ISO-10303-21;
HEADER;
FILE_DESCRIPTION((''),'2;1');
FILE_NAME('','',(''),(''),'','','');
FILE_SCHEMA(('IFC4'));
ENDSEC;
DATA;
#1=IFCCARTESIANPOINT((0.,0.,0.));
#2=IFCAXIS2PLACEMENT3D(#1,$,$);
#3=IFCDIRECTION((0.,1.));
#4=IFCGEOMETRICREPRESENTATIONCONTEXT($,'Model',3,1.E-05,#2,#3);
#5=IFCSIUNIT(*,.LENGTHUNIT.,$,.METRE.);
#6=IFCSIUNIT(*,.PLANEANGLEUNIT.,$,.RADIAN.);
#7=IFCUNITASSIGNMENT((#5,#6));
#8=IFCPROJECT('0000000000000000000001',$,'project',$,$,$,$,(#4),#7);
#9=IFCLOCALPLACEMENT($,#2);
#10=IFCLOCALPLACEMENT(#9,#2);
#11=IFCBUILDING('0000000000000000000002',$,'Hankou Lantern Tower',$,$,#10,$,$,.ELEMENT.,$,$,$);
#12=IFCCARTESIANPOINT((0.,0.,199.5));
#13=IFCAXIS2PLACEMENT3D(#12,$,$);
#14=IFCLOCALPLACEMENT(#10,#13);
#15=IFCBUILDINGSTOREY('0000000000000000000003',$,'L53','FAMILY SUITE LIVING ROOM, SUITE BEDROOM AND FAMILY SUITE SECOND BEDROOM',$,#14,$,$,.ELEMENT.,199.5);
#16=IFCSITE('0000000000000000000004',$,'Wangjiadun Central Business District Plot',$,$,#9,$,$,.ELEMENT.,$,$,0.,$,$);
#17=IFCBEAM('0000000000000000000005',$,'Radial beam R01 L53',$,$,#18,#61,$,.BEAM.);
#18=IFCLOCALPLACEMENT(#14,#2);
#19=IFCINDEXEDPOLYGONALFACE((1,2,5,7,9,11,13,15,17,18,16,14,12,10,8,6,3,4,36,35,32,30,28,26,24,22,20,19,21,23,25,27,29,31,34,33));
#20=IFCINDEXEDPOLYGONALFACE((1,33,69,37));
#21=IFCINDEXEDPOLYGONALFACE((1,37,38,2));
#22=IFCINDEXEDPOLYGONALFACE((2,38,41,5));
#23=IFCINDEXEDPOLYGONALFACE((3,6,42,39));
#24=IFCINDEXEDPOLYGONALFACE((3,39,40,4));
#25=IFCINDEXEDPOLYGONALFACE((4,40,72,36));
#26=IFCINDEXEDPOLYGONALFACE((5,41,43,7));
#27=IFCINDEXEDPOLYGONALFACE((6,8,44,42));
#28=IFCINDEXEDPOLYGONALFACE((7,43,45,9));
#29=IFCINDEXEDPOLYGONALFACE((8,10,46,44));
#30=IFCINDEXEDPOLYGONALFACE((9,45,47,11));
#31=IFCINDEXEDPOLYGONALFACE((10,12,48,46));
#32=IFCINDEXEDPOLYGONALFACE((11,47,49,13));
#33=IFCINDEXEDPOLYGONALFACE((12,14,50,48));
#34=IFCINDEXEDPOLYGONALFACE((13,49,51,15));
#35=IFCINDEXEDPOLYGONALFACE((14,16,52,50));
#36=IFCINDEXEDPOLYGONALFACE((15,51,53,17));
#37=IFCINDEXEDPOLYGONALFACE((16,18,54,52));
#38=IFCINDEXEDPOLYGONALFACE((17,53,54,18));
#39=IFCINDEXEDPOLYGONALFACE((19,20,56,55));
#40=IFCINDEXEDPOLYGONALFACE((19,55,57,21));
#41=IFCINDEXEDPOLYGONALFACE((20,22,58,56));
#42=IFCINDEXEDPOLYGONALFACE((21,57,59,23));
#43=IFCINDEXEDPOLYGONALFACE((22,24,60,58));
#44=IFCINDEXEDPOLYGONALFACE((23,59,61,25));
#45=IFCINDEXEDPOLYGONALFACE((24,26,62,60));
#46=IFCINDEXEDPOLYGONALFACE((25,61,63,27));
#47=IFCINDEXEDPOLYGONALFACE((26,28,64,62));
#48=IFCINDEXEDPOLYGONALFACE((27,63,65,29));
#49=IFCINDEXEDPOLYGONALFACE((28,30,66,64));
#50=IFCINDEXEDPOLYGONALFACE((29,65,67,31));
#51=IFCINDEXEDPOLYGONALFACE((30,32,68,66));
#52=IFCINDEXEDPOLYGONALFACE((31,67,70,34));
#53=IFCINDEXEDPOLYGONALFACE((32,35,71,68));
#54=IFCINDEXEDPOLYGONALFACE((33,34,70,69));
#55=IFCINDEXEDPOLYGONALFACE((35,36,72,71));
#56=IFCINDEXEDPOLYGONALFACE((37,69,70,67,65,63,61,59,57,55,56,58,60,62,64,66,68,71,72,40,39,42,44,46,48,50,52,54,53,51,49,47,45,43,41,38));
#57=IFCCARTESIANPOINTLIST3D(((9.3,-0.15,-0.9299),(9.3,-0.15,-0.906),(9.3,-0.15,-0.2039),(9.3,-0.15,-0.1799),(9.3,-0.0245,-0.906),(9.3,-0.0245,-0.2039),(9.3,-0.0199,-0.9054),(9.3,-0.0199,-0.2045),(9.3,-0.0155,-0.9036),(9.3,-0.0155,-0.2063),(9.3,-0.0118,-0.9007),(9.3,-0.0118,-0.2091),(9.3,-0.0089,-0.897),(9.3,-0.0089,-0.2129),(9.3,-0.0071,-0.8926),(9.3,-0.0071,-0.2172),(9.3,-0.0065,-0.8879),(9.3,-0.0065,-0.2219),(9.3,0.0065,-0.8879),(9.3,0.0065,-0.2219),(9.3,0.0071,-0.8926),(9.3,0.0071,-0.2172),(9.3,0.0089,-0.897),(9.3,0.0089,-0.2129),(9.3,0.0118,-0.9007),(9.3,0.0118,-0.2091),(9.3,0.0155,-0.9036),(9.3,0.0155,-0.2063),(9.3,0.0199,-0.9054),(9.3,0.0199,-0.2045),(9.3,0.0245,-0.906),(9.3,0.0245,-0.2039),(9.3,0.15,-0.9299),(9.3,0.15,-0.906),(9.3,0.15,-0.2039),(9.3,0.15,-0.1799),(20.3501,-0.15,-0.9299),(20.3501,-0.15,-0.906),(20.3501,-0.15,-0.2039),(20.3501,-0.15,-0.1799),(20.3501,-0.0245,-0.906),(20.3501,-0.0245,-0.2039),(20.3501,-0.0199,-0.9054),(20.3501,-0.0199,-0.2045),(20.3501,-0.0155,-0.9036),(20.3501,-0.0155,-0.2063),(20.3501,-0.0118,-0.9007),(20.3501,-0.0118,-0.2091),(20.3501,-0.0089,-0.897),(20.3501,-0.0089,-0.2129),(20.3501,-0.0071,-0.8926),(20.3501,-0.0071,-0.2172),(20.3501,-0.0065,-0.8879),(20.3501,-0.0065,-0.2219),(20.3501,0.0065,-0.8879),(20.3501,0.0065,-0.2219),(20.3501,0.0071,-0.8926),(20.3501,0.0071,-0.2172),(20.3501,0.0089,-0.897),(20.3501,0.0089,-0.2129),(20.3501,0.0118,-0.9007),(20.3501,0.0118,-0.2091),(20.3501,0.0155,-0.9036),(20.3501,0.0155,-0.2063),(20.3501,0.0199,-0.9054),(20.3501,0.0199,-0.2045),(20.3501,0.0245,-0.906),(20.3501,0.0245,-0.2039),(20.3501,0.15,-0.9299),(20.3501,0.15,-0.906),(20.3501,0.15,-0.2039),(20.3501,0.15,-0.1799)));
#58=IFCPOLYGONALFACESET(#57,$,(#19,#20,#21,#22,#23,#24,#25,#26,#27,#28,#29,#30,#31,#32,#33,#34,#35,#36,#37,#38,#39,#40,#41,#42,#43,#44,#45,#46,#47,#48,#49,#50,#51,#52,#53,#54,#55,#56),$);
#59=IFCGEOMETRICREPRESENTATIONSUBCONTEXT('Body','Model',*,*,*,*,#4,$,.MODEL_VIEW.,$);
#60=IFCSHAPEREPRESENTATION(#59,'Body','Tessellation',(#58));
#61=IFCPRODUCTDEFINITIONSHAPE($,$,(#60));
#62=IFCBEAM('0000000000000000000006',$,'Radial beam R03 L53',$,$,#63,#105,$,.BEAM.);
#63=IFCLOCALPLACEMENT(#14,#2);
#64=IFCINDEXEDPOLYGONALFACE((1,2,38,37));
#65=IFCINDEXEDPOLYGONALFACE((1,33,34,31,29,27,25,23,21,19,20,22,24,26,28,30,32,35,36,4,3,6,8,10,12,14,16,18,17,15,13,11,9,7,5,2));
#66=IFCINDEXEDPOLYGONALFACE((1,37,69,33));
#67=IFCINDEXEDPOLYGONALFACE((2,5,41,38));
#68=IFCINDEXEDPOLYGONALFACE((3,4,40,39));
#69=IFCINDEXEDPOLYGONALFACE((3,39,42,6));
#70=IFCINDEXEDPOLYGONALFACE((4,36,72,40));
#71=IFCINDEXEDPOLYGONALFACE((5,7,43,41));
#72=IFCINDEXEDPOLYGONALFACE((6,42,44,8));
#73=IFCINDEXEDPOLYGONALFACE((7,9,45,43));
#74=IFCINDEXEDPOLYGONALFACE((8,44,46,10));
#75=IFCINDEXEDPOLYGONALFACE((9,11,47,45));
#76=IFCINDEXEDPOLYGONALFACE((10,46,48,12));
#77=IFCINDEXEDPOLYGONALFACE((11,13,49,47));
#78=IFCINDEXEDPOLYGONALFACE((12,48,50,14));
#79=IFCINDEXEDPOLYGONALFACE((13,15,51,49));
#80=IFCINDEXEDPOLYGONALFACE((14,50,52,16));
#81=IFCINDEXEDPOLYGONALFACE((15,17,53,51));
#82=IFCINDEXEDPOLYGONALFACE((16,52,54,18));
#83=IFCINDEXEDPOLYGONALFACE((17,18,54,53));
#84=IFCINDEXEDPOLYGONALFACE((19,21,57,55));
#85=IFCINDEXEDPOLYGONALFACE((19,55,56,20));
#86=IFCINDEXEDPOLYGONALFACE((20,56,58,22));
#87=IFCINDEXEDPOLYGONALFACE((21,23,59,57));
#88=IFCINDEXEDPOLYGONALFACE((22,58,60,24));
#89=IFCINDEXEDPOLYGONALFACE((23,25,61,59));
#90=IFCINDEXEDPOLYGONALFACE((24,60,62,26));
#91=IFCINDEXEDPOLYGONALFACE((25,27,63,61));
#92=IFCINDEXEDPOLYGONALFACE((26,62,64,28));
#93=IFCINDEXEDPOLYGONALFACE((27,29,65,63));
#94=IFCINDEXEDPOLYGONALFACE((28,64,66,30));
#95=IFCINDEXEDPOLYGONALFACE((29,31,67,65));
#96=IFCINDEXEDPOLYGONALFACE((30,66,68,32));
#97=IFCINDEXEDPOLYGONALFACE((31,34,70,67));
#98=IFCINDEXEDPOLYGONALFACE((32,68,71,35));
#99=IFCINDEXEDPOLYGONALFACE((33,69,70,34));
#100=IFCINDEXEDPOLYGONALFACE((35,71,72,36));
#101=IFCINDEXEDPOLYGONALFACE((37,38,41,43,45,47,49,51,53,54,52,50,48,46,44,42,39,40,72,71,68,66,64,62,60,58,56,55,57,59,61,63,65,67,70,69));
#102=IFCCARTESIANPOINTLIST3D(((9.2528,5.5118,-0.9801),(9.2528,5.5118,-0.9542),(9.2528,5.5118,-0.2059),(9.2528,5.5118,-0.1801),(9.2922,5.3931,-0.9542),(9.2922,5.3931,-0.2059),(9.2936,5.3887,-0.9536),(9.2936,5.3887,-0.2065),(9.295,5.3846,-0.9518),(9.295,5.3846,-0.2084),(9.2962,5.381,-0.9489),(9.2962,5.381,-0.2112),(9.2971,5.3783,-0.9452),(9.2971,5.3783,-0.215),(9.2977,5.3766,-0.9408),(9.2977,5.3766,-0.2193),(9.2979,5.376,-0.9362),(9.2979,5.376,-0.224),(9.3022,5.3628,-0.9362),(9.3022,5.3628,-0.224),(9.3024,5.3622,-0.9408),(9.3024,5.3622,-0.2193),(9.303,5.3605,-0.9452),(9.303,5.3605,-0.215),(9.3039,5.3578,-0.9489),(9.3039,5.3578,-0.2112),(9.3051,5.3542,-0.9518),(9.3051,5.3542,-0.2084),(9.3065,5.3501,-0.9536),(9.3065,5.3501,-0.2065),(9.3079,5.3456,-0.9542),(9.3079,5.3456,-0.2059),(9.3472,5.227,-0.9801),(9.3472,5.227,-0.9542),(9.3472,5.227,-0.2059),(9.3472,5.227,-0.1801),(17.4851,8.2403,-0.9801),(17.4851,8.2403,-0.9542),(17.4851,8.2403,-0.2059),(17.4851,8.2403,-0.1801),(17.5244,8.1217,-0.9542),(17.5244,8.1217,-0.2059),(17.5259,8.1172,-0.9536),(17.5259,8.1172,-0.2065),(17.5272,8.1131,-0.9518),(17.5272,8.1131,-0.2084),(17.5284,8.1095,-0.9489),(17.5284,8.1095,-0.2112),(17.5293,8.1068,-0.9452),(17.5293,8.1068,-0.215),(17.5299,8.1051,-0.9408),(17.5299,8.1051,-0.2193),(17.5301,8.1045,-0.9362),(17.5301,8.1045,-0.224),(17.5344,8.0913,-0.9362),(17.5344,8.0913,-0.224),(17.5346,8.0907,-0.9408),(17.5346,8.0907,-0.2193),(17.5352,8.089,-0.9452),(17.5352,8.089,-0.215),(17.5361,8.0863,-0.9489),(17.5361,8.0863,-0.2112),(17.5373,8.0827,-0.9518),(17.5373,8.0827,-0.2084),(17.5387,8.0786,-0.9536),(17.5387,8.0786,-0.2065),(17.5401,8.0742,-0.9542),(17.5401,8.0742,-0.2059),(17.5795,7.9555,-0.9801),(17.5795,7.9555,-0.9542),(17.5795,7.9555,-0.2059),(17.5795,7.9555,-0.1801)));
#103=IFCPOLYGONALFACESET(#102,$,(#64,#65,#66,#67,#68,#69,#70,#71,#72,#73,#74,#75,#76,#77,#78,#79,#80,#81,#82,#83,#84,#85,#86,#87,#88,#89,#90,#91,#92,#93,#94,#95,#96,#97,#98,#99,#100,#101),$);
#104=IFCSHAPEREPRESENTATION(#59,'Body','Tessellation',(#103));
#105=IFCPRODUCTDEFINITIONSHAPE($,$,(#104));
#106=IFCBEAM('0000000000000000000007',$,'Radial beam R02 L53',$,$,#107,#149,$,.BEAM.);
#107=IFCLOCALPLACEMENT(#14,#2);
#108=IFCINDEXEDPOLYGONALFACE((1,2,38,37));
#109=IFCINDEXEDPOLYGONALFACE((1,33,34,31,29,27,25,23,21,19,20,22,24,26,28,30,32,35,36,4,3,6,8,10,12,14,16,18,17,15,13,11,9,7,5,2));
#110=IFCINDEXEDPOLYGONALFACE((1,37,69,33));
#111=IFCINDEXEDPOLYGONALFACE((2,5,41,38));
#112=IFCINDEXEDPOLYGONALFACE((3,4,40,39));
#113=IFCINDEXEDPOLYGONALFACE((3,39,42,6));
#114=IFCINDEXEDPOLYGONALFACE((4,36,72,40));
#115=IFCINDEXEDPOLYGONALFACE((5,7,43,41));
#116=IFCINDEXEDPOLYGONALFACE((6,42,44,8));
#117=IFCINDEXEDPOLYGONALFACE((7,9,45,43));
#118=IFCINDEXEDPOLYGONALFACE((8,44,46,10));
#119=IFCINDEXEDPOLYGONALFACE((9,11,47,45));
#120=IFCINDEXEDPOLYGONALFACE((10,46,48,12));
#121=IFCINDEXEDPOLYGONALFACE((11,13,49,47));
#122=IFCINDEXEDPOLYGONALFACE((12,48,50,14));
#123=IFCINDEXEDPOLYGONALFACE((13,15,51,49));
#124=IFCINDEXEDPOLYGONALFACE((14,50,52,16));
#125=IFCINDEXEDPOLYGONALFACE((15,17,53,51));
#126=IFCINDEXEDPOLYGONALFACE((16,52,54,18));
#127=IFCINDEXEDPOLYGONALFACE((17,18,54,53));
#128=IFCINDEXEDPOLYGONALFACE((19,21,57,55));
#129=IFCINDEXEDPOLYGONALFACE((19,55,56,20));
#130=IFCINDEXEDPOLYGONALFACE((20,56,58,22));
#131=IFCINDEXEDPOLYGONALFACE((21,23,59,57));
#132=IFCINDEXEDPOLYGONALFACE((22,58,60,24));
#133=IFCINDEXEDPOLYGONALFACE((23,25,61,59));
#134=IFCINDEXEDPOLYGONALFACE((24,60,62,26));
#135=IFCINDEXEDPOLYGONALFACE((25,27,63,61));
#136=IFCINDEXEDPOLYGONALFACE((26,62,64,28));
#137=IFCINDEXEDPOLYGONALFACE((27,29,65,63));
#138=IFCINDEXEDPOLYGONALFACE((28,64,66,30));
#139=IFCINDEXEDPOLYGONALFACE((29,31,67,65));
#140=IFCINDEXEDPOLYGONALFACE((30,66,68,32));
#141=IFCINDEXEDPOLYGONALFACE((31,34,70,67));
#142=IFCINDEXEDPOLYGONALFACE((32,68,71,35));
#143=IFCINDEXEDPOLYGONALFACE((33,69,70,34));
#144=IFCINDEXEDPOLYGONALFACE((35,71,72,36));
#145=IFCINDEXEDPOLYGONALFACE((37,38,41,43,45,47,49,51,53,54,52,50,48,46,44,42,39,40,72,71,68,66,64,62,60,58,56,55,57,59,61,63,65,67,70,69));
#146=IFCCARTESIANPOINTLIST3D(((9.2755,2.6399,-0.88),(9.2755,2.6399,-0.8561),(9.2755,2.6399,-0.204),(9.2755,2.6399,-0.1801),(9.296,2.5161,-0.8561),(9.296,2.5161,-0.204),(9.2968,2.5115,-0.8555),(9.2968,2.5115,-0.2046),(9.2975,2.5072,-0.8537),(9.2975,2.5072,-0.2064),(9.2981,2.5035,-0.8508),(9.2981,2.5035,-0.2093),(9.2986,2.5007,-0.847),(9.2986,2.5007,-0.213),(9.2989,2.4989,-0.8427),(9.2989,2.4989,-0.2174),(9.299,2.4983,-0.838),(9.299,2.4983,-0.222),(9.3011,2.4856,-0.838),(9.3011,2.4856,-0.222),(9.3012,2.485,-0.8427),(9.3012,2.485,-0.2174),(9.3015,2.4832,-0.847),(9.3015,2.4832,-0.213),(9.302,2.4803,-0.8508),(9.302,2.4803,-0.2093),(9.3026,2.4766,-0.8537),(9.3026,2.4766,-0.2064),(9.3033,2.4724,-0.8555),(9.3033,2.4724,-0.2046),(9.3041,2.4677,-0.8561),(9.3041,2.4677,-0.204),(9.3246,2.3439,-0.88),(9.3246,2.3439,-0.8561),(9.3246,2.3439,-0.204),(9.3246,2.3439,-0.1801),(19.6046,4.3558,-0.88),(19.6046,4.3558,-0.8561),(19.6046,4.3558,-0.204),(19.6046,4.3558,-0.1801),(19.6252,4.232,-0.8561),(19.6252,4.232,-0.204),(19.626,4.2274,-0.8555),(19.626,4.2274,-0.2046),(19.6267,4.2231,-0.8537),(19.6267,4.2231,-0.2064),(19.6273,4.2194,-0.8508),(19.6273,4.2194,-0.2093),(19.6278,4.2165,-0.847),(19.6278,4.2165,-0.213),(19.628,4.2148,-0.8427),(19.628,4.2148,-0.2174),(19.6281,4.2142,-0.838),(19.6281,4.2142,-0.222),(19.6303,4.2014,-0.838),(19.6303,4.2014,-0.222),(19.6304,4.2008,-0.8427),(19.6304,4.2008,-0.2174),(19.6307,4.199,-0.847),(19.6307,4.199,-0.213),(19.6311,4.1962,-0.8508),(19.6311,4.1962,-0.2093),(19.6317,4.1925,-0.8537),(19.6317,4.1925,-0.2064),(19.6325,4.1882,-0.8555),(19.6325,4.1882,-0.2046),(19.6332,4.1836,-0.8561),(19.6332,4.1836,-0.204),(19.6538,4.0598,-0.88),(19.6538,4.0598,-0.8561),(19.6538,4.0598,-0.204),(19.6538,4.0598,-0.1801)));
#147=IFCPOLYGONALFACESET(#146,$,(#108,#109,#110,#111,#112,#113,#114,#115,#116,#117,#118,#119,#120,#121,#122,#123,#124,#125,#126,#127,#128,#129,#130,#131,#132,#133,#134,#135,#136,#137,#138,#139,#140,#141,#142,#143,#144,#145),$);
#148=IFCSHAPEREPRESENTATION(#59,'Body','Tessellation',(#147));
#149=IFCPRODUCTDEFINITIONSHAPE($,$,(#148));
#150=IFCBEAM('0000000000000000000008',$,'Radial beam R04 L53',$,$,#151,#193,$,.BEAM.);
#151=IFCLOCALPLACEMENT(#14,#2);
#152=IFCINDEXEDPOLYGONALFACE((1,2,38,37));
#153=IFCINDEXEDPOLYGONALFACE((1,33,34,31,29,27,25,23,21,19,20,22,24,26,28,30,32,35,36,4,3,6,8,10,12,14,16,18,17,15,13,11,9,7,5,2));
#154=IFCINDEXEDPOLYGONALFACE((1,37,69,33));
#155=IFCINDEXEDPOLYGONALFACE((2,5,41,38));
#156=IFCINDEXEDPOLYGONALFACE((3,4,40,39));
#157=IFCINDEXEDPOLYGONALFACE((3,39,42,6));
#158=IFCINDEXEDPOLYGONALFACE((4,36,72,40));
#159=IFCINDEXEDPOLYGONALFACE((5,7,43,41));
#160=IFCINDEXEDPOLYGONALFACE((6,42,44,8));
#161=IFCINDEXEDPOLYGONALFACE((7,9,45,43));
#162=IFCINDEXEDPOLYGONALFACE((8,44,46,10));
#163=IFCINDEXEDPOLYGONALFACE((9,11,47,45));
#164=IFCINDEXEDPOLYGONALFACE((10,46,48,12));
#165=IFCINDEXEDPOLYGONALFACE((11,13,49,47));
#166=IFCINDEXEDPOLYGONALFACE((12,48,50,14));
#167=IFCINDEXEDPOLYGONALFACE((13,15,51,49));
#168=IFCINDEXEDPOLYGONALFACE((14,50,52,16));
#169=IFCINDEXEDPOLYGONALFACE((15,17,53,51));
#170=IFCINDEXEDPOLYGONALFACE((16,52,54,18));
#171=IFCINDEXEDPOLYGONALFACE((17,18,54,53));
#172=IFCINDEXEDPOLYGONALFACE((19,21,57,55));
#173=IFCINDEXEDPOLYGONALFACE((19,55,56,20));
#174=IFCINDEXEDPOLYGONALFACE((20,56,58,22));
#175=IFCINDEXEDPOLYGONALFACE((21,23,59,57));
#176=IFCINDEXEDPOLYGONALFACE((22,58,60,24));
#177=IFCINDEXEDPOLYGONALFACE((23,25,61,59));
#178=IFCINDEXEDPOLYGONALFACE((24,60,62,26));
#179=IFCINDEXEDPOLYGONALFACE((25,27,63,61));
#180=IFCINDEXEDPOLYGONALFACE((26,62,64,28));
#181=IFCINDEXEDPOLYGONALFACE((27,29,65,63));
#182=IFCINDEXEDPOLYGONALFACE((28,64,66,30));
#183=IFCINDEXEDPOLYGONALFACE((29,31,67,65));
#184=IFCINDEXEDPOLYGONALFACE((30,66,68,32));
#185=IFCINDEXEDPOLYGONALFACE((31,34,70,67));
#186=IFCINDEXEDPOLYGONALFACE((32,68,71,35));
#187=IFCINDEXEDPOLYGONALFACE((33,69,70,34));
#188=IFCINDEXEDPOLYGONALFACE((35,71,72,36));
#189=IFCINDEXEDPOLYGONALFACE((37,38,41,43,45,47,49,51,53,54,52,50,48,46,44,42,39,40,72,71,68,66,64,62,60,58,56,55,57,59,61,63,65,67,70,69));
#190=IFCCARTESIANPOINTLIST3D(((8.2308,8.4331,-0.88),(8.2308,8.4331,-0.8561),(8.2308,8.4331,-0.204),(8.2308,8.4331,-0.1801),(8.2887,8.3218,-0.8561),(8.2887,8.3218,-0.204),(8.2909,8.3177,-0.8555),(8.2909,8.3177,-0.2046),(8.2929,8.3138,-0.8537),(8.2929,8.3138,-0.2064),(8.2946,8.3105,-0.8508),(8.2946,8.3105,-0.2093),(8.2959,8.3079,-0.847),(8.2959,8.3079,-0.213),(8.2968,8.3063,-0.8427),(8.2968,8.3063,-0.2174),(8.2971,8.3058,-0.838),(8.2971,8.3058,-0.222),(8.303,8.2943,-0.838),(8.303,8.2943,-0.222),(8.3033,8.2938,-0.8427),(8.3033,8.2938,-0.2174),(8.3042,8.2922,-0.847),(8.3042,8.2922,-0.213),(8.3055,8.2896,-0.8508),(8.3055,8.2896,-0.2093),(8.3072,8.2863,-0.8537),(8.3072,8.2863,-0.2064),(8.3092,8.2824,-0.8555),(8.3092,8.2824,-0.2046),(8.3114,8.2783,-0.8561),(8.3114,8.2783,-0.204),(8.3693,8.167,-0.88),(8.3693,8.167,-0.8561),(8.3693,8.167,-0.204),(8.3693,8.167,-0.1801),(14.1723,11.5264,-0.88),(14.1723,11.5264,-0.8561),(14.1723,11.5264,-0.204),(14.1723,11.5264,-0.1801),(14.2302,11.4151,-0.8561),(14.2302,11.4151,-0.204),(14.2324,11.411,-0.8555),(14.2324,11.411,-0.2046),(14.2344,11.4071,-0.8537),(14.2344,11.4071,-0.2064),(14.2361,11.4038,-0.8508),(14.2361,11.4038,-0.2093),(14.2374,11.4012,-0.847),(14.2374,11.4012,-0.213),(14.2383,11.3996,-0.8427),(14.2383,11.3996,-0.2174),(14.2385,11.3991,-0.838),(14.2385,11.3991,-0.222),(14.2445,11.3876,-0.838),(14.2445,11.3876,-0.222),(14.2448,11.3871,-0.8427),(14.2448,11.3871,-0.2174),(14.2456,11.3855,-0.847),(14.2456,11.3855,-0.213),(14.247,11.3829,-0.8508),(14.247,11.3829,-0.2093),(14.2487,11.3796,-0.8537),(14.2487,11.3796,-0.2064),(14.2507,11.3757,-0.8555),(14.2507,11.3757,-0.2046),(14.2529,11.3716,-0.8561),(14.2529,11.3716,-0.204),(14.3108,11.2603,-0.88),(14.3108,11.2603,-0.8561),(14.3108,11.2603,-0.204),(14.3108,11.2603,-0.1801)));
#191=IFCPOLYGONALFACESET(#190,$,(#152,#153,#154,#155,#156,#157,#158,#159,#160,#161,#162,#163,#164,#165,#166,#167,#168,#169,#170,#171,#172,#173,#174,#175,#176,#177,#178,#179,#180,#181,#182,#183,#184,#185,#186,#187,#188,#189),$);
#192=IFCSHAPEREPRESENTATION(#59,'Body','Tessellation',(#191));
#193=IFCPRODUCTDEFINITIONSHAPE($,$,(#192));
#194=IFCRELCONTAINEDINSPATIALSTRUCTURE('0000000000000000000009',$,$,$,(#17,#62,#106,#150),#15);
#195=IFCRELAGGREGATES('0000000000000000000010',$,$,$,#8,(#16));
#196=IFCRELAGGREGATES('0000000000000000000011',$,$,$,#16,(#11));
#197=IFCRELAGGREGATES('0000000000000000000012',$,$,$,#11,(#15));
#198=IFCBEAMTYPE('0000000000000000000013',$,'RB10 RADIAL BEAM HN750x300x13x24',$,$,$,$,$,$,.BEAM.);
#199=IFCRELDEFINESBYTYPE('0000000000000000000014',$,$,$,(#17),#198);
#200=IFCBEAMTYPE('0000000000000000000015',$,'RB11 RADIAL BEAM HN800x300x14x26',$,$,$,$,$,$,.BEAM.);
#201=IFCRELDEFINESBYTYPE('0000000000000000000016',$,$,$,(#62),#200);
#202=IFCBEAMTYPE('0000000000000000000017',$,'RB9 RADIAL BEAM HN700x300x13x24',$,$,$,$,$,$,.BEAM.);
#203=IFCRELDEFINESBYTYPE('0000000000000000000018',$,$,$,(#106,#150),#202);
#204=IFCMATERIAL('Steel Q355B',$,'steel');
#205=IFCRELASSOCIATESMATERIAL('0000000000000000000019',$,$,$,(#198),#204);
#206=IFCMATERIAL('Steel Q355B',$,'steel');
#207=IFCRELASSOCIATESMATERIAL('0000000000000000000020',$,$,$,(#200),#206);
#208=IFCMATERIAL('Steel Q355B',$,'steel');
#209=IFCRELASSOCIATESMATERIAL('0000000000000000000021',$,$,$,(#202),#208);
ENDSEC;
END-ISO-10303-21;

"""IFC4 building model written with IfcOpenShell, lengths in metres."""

from ifc_helpers import new_model, si_unit, direction, frame, origin, origin_2d, place, context, subcontext, project, spatial, i_section, extrude, material, material_profile, profile_set, type_object, element, save


model = new_model("IFC4")

# Units and contexts
model_context = context("Model", 3, precision=1e-05, world=origin(), true_north=direction((0.0, 1.0)))
body_context = subcontext(model_context, "Body", "Model", "MODEL_VIEW")
ifc_project = project(units=[si_unit("LENGTHUNIT", "METRE"), si_unit("PLANEANGLEUNIT", "RADIAN")], contexts=[model_context])

# Site, building, storey
site_placement = place(None, origin())
site = spatial("IfcSite", under=ifc_project, at=site_placement, Name="Wangjiadun Central Business District Plot", CompositionType="ELEMENT", RefElevation=0.0)
building_placement = place(site_placement, origin())
building = spatial("IfcBuilding", under=site, at=building_placement, Name="Hankou Lantern Tower", CompositionType="ELEMENT")
storey_placement = place(building_placement, frame((0.0, 0.0, 199.5)))
storey = spatial("IfcBuildingStorey", under=building, at=storey_placement, Name="L53", Description="FAMILY SUITE LIVING ROOM, SUITE BEDROOM AND FAMILY SUITE SECOND BEDROOM", CompositionType="ELEMENT", Elevation=199.5)

# Beams
ifc_material_1 = material(Name="Steel Q355B", Category="steel")
ifc_material_profile_1 = material_profile(ifc_material_1, i_section(OverallWidth=0.3, OverallDepth=0.75, WebThickness=0.0129, FlangeThickness=0.0239, FilletRadius=0.0181, at=origin_2d()), Name="HN750x300x13x24")
ifc_profile_set_1 = profile_set([ifc_material_profile_1], Name="Steel Q355B")
beam_type_1 = type_object("IfcBeamType", Name="RB10 RADIAL BEAM HN750x300x13x24", PredefinedType="BEAM", material=ifc_profile_set_1)
beam_1_placement = place(storey_placement, frame((9.3, 0.0, -0.5549), z_axis=(1.0, 0.0, 0.0), x_axis=(0.0, 1.0, 0.0)))
element("IfcBeam", 1, at=beam_1_placement, inside=storey, type_object=beam_type_1, Name="Radial beam R01 L53", PredefinedType="BEAM", context=body_context, shape_type="SweptSolid", body=[
    extrude(i_section(OverallWidth=0.3, OverallDepth=0.75, WebThickness=0.0129, FlangeThickness=0.0239, FilletRadius=0.0181, at=origin_2d()), origin(), (0.0, 0.0, 1.0), 11.05),
])
ifc_material_2 = material(Name="Steel Q355B", Category="steel")
ifc_material_profile_2 = material_profile(ifc_material_2, i_section(OverallWidth=0.3, OverallDepth=0.8, WebThickness=0.0139, FlangeThickness=0.0259, FilletRadius=0.0181, at=origin_2d()), Name="HN800x300x14x26")
ifc_profile_set_2 = profile_set([ifc_material_profile_2], Name="Steel Q355B")
beam_type_2 = type_object("IfcBeamType", Name="RB11 RADIAL BEAM HN800x300x14x26", PredefinedType="BEAM", material=ifc_profile_set_2)
beam_2_placement = place(storey_placement, frame((9.3, 5.3694, -0.5801), z_axis=(0.94922, 0.314614, 0.0), x_axis=(-0.314614, 0.94922, 0.0)))
element("IfcBeam", 2, at=beam_2_placement, inside=storey, type_object=beam_type_2, Name="Radial beam R03 L53", PredefinedType="BEAM", context=body_context, shape_type="SweptSolid", body=[
    extrude(i_section(OverallWidth=0.3, OverallDepth=0.8, WebThickness=0.0139, FlangeThickness=0.0259, FilletRadius=0.0181, at=origin_2d()), origin(), (0.0, 0.0, 1.0), 8.6726),
])
ifc_material_3 = material(Name="Steel Q355B", Category="steel")
ifc_material_profile_3 = material_profile(ifc_material_3, i_section(OverallWidth=0.3, OverallDepth=0.7, WebThickness=0.0129, FlangeThickness=0.0239, FilletRadius=0.0181, at=origin_2d()), Name="HN700x300x13x24")
ifc_profile_set_3 = profile_set([ifc_material_profile_3], Name="Steel Q355B")
beam_type_3 = type_object("IfcBeamType", Name="RB9 RADIAL BEAM HN700x300x13x24", PredefinedType="BEAM", material=ifc_profile_set_3)
beam_3_placement = place(storey_placement, frame((9.3, 2.4919, -0.53), z_axis=(0.986482, 0.16387, 0.0), x_axis=(-0.16387, 0.986482, 0.0)))
element("IfcBeam", 3, at=beam_3_placement, inside=storey, type_object=beam_type_3, Name="Radial beam R02 L53", PredefinedType="BEAM", context=body_context, shape_type="SweptSolid", body=[
    extrude(i_section(OverallWidth=0.3, OverallDepth=0.7, WebThickness=0.0129, FlangeThickness=0.0239, FilletRadius=0.0181, at=origin_2d()), origin(), (0.0, 0.0, 1.0), 10.4707),
])
beam_4_placement = place(storey_placement, frame((8.3, 8.3, -0.53), z_axis=(0.886989, 0.461791, 0.0), x_axis=(-0.461791, 0.886989, 0.0)))
element("IfcBeam", 4, at=beam_4_placement, inside=storey, type_object=beam_type_3, Name="Radial beam R04 L53", PredefinedType="BEAM", context=body_context, shape_type="SweptSolid", body=[
    extrude(i_section(OverallWidth=0.3, OverallDepth=0.7, WebThickness=0.0129, FlangeThickness=0.0239, FilletRadius=0.0181, at=origin_2d()), origin(), (0.0, 0.0, 1.0), 6.6985),
])

save(model, "model.ifc")
